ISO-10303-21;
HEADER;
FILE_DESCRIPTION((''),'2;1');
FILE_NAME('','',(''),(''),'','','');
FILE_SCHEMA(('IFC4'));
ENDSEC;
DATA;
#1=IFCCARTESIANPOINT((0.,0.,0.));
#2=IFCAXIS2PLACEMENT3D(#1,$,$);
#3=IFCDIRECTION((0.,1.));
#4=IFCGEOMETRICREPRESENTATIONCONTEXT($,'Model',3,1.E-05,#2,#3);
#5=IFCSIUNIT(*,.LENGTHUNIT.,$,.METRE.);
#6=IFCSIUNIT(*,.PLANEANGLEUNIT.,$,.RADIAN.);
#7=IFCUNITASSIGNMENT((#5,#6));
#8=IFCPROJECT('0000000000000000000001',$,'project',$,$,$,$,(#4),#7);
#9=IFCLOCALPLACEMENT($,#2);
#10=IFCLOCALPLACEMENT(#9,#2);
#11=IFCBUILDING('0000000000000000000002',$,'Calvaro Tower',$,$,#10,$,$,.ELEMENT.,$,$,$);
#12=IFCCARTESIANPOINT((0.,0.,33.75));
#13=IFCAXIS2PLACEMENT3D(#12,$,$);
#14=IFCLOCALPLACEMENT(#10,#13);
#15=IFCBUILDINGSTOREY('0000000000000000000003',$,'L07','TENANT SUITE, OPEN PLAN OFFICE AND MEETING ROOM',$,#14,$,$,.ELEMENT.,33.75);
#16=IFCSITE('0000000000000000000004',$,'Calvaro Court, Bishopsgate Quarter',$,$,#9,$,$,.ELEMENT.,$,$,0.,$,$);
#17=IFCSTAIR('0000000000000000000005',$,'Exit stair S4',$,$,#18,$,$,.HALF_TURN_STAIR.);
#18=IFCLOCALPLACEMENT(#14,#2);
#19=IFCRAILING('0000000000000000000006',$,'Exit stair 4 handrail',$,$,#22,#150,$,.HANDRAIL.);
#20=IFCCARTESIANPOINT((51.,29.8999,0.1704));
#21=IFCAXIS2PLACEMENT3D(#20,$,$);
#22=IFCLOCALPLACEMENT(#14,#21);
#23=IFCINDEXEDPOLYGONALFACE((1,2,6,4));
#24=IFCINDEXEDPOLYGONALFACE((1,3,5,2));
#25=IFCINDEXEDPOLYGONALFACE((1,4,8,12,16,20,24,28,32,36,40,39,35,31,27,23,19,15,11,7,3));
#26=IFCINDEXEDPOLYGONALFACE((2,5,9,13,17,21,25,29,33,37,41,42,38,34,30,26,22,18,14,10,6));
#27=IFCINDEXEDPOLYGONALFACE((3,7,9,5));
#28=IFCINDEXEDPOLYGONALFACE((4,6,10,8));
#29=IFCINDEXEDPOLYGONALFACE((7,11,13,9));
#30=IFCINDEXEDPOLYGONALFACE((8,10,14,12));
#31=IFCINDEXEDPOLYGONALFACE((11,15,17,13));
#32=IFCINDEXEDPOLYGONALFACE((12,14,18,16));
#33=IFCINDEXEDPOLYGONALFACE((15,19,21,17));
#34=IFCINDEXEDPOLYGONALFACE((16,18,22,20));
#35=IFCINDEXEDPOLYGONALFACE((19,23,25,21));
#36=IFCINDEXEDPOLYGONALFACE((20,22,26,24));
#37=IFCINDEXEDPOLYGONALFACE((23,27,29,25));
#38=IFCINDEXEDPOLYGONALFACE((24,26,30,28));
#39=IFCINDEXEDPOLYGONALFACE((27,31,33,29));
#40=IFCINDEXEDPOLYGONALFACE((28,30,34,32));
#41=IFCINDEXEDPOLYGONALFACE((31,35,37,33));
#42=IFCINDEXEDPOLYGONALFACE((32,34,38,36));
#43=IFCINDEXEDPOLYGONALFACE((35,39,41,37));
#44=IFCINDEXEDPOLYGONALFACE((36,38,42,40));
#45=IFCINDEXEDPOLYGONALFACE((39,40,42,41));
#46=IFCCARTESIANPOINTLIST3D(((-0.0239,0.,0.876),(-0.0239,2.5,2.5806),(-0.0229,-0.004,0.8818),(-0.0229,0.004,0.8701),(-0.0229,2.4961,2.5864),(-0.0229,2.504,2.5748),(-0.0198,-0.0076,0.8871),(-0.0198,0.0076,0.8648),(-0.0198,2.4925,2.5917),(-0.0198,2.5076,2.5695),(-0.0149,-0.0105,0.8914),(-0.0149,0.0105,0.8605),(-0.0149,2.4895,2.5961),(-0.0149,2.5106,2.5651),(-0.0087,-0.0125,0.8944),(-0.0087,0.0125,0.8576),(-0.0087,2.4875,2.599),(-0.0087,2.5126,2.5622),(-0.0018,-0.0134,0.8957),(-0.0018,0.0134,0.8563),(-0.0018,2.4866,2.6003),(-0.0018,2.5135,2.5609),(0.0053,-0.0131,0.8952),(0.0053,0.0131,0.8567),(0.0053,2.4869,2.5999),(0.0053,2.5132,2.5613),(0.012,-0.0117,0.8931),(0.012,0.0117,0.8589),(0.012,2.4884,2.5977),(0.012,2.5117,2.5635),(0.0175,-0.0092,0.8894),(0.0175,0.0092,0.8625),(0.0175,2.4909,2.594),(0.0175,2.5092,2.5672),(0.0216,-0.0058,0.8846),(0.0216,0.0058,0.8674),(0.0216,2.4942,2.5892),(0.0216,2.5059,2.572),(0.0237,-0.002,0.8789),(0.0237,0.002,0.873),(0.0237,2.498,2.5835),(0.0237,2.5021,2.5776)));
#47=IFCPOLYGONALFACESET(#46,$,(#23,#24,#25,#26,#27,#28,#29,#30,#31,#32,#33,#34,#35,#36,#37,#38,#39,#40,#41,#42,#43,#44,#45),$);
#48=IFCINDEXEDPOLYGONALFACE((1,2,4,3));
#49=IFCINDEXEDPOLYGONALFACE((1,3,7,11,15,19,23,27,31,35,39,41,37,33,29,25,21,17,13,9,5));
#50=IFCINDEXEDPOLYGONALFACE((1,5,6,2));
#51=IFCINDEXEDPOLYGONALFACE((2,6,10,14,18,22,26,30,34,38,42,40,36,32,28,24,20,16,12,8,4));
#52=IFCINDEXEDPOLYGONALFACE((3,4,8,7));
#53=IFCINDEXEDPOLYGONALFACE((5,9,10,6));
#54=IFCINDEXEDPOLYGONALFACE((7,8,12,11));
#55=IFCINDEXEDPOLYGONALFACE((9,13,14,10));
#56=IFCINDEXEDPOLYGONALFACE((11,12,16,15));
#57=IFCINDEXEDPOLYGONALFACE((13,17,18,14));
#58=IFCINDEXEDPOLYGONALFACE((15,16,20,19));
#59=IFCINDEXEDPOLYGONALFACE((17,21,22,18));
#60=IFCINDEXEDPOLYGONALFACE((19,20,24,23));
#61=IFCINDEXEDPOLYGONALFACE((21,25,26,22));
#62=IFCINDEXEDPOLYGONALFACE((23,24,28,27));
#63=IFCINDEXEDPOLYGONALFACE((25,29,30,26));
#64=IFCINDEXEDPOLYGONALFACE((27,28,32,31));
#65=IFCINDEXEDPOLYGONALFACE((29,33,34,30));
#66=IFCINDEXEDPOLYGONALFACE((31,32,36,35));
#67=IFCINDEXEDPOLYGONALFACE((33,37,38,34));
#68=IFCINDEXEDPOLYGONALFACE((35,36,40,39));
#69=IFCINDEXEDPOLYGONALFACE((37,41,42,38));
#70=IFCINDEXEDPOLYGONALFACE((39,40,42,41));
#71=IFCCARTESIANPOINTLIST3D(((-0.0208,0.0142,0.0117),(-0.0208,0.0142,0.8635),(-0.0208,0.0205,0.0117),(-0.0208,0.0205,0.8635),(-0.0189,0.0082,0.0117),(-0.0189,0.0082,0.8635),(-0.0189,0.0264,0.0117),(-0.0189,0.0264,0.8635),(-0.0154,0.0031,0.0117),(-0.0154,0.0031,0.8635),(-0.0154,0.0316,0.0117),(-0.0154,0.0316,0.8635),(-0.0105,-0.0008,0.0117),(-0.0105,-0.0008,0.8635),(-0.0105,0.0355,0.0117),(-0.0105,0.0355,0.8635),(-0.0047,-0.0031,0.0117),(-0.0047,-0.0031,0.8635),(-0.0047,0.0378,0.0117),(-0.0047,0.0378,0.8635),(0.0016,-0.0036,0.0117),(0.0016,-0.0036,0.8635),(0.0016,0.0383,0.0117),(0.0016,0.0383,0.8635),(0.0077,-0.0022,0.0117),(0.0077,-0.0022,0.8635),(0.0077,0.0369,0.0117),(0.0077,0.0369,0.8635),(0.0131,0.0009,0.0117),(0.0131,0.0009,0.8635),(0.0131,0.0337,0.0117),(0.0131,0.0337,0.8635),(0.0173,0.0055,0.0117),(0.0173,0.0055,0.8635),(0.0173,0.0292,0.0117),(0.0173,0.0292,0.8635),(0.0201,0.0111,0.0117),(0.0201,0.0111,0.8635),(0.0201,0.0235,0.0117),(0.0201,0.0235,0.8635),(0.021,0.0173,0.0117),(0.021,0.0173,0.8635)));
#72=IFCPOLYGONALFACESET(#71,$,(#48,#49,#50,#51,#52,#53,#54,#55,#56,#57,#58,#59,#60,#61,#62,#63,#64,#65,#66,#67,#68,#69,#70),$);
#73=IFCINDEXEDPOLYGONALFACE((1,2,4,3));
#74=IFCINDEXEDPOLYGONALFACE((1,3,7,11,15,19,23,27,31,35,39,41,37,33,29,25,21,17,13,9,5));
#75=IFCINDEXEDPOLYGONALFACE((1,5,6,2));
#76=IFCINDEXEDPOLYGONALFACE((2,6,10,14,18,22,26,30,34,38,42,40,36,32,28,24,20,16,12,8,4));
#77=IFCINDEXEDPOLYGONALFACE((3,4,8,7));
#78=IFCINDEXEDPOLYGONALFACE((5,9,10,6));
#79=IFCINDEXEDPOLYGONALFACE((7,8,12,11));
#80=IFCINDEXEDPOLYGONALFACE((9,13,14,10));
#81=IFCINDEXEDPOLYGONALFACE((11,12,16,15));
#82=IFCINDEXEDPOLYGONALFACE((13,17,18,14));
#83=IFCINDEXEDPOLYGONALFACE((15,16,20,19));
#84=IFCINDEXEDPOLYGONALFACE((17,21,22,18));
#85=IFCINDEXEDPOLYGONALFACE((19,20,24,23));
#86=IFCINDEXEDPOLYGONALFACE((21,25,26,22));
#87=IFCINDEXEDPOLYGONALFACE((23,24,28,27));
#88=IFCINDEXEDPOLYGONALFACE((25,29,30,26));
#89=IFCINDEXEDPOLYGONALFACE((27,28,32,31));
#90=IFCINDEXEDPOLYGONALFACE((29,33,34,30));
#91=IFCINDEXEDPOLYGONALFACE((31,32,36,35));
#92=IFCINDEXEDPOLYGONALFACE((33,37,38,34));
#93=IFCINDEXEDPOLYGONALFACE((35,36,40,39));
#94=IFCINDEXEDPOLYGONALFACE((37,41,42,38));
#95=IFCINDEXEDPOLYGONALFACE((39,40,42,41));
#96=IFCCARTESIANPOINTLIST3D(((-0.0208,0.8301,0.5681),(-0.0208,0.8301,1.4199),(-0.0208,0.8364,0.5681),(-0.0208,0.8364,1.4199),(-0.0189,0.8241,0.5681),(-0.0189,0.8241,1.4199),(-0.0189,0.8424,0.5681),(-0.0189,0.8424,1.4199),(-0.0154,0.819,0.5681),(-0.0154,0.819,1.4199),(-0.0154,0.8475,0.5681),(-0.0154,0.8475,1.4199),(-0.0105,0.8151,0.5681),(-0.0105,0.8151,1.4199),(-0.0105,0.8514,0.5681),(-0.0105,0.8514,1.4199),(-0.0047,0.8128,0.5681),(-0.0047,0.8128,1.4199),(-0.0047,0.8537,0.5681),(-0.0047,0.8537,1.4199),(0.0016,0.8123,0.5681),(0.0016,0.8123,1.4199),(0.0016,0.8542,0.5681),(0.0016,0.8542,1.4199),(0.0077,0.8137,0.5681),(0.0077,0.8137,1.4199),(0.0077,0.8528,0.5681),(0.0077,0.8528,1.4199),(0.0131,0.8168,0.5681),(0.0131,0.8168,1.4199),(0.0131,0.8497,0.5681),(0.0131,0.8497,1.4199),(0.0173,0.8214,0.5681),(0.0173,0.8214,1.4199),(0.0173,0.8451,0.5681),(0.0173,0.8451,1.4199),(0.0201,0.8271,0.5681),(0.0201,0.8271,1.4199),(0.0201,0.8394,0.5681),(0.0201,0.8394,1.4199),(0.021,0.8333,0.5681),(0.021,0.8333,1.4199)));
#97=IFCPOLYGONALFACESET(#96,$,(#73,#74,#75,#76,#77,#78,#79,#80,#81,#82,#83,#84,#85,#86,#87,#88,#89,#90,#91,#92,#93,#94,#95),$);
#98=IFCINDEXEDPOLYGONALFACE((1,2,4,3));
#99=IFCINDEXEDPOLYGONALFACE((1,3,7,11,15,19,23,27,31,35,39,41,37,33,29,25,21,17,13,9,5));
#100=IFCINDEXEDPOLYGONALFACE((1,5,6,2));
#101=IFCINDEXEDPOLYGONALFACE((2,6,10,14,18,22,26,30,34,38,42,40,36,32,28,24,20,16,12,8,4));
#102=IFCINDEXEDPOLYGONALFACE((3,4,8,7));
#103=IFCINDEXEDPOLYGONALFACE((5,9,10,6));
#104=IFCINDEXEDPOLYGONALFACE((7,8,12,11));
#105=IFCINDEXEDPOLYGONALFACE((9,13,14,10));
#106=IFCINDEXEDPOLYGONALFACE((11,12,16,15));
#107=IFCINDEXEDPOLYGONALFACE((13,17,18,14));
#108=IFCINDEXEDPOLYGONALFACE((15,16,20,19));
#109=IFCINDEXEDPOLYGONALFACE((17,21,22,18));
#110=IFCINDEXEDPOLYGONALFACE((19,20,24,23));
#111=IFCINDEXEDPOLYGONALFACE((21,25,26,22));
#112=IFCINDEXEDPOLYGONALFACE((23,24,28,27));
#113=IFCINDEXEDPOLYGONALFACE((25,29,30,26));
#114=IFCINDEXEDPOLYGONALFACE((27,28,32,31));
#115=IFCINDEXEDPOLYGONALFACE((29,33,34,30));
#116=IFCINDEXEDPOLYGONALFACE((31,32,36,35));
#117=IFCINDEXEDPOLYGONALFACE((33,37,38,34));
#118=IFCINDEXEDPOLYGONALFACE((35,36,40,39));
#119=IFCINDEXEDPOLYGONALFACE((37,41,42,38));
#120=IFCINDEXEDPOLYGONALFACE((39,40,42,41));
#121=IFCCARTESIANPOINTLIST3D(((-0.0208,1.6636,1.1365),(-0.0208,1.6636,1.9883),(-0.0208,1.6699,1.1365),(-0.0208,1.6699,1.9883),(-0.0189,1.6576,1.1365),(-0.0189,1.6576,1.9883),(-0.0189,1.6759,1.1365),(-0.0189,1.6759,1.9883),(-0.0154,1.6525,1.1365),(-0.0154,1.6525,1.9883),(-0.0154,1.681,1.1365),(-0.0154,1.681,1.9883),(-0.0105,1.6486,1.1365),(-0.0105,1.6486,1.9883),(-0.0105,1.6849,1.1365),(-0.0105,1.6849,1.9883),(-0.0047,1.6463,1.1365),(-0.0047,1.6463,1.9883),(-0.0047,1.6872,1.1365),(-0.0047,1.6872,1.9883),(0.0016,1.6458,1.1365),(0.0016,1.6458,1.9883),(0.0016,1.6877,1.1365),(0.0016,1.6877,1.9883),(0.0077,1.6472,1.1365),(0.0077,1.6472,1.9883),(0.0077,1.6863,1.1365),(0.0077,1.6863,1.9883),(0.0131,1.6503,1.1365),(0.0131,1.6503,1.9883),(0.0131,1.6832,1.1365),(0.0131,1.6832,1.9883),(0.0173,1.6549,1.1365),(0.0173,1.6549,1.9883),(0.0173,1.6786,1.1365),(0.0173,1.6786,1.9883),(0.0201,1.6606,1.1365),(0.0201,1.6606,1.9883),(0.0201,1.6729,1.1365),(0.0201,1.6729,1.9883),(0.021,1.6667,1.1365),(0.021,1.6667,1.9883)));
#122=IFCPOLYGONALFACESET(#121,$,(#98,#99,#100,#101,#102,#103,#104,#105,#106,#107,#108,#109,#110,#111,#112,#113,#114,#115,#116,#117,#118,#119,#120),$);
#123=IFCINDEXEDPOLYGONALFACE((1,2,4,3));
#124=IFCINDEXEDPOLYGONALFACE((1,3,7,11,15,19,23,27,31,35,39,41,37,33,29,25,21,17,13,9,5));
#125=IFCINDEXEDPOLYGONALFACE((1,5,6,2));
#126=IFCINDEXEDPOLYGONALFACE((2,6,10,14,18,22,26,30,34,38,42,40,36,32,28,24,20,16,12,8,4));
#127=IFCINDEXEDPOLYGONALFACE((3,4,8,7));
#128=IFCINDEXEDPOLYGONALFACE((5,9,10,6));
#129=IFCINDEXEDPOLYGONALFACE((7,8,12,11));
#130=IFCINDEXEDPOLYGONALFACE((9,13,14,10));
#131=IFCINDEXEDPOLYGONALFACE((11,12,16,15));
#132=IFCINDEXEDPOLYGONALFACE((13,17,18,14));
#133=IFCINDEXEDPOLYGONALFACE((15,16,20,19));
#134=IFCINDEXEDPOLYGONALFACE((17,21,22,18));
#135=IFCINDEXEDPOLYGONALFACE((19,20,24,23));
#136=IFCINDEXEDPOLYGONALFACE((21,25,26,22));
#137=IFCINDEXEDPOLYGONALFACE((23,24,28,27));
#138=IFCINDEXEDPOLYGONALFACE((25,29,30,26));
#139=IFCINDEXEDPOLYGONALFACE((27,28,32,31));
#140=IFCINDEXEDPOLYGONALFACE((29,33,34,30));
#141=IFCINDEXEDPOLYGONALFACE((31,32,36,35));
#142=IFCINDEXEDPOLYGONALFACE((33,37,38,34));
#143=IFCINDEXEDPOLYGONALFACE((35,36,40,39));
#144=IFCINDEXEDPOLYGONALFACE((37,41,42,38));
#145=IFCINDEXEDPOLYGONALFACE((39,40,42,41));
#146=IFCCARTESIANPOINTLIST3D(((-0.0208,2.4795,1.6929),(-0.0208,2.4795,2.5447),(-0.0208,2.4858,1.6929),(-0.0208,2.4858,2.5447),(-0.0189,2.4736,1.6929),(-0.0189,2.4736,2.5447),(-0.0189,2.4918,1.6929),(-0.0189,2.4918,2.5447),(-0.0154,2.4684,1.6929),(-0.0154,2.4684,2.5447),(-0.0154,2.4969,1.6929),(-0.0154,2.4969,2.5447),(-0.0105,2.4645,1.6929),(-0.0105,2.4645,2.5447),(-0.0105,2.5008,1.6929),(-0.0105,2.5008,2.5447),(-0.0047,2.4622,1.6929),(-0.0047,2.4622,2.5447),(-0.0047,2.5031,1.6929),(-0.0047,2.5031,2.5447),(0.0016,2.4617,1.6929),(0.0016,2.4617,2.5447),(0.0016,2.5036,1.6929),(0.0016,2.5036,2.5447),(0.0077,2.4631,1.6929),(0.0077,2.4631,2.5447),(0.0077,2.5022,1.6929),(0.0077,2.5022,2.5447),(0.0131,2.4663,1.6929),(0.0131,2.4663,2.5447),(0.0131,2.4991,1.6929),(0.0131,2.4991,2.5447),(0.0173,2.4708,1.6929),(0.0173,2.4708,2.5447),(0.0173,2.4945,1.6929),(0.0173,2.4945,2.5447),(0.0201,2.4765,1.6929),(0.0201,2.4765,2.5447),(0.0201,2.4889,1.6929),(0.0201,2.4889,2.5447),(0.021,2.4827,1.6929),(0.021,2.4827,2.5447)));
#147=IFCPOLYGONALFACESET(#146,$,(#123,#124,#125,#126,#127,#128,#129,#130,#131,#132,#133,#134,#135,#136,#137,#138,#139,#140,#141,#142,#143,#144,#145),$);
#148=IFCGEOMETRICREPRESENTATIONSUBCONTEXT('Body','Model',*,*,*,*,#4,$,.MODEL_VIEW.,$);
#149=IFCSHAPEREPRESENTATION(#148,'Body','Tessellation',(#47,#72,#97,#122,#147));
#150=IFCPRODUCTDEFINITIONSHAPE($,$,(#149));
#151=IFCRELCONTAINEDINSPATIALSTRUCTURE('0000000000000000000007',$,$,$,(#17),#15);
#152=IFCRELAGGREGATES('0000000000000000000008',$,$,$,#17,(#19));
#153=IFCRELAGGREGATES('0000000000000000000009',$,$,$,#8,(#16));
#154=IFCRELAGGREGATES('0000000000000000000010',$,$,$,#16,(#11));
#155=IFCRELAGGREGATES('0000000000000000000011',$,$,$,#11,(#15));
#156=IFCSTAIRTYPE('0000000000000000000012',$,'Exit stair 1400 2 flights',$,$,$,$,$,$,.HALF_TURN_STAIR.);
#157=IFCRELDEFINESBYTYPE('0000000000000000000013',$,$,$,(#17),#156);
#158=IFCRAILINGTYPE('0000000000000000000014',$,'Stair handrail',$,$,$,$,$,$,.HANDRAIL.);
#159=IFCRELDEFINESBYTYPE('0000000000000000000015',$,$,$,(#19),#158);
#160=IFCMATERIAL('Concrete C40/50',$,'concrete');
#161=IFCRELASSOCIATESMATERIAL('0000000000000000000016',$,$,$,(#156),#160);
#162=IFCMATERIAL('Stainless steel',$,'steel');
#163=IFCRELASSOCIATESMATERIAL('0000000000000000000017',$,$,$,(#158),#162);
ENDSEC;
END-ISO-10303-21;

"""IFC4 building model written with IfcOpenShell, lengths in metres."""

from ifc_helpers import new_model, si_unit, direction, frame, origin, origin_2d, place, context, subcontext, project, spatial, circle, extrude, material, type_object, element, aggregate, save


model = new_model("IFC4")

# Units and contexts
model_context = context("Model", 3, precision=1e-05, world=origin(), true_north=direction((0.0, 1.0)))
body_context = subcontext(model_context, "Body", "Model", "MODEL_VIEW")
ifc_project = project(units=[si_unit("LENGTHUNIT", "METRE"), si_unit("PLANEANGLEUNIT", "RADIAN")], contexts=[model_context])

# Site, building, storey
site_placement = place(None, origin())
site = spatial("IfcSite", under=ifc_project, at=site_placement, Name="Calvaro Court, Bishopsgate Quarter", CompositionType="ELEMENT", RefElevation=0.0)
building_placement = place(site_placement, origin())
building = spatial("IfcBuilding", under=site, at=building_placement, Name="Calvaro Tower", CompositionType="ELEMENT")
storey_placement = place(building_placement, frame((0.0, 0.0, 33.75)))
storey = spatial("IfcBuildingStorey", under=building, at=storey_placement, Name="L07", Description="TENANT SUITE, OPEN PLAN OFFICE AND MEETING ROOM", CompositionType="ELEMENT", Elevation=33.75)

# Shared definitions
ifc_material_1 = material(Name="Concrete C40/50", Category="concrete")
stair_type = type_object("IfcStairType", Name="Exit stair 1400 2 flights", PredefinedType="HALF_TURN_STAIR", material=ifc_material_1)

# Stair
stair_1_placement = place(storey_placement, origin())
stair_1 = element("IfcStair", 1, at=stair_1_placement, inside=storey, type_object=stair_type, Name="Exit stair S4", PredefinedType="HALF_TURN_STAIR")

# Railing
ifc_material_2 = material(Name="Stainless steel", Category="steel")
railing_type = type_object("IfcRailingType", Name="Stair handrail", PredefinedType="HANDRAIL", material=ifc_material_2)
railing_1_placement = place(storey_placement, frame((51.0, 29.8999, 0.1704)))
railing_1 = element("IfcRailing", 2, at=railing_1_placement, type_object=railing_type, Name="Exit stair 4 handrail", PredefinedType="HANDRAIL", context=body_context, shape_type="SweptSolid", body=[
    extrude(circle(Radius=0.0239, at=origin_2d()), frame((0.0, 0.0, 0.876), z_axis=(0.0, 0.826221, 0.563347), x_axis=(-1.0, 0.0, 0.0)), (0.0, 0.0, 1.0), 3.0259),
    extrude(circle(Radius=0.021, at=origin_2d()), frame((0.0, 0.0173, 0.0117)), (0.0, 0.0, 1.0), 0.8518),
    extrude(circle(Radius=0.021, at=origin_2d()), frame((0.0, 0.8333, 0.5681)), (0.0, 0.0, 1.0), 0.8518),
    extrude(circle(Radius=0.021, at=origin_2d()), frame((0.0, 1.6667, 1.1365)), (0.0, 0.0, 1.0), 0.8518),
    extrude(circle(Radius=0.021, at=origin_2d()), frame((0.0, 2.4827, 1.6929)), (0.0, 0.0, 1.0), 0.8518),
])
aggregate(stair_1, [railing_1])

save(model, "model.ifc")
